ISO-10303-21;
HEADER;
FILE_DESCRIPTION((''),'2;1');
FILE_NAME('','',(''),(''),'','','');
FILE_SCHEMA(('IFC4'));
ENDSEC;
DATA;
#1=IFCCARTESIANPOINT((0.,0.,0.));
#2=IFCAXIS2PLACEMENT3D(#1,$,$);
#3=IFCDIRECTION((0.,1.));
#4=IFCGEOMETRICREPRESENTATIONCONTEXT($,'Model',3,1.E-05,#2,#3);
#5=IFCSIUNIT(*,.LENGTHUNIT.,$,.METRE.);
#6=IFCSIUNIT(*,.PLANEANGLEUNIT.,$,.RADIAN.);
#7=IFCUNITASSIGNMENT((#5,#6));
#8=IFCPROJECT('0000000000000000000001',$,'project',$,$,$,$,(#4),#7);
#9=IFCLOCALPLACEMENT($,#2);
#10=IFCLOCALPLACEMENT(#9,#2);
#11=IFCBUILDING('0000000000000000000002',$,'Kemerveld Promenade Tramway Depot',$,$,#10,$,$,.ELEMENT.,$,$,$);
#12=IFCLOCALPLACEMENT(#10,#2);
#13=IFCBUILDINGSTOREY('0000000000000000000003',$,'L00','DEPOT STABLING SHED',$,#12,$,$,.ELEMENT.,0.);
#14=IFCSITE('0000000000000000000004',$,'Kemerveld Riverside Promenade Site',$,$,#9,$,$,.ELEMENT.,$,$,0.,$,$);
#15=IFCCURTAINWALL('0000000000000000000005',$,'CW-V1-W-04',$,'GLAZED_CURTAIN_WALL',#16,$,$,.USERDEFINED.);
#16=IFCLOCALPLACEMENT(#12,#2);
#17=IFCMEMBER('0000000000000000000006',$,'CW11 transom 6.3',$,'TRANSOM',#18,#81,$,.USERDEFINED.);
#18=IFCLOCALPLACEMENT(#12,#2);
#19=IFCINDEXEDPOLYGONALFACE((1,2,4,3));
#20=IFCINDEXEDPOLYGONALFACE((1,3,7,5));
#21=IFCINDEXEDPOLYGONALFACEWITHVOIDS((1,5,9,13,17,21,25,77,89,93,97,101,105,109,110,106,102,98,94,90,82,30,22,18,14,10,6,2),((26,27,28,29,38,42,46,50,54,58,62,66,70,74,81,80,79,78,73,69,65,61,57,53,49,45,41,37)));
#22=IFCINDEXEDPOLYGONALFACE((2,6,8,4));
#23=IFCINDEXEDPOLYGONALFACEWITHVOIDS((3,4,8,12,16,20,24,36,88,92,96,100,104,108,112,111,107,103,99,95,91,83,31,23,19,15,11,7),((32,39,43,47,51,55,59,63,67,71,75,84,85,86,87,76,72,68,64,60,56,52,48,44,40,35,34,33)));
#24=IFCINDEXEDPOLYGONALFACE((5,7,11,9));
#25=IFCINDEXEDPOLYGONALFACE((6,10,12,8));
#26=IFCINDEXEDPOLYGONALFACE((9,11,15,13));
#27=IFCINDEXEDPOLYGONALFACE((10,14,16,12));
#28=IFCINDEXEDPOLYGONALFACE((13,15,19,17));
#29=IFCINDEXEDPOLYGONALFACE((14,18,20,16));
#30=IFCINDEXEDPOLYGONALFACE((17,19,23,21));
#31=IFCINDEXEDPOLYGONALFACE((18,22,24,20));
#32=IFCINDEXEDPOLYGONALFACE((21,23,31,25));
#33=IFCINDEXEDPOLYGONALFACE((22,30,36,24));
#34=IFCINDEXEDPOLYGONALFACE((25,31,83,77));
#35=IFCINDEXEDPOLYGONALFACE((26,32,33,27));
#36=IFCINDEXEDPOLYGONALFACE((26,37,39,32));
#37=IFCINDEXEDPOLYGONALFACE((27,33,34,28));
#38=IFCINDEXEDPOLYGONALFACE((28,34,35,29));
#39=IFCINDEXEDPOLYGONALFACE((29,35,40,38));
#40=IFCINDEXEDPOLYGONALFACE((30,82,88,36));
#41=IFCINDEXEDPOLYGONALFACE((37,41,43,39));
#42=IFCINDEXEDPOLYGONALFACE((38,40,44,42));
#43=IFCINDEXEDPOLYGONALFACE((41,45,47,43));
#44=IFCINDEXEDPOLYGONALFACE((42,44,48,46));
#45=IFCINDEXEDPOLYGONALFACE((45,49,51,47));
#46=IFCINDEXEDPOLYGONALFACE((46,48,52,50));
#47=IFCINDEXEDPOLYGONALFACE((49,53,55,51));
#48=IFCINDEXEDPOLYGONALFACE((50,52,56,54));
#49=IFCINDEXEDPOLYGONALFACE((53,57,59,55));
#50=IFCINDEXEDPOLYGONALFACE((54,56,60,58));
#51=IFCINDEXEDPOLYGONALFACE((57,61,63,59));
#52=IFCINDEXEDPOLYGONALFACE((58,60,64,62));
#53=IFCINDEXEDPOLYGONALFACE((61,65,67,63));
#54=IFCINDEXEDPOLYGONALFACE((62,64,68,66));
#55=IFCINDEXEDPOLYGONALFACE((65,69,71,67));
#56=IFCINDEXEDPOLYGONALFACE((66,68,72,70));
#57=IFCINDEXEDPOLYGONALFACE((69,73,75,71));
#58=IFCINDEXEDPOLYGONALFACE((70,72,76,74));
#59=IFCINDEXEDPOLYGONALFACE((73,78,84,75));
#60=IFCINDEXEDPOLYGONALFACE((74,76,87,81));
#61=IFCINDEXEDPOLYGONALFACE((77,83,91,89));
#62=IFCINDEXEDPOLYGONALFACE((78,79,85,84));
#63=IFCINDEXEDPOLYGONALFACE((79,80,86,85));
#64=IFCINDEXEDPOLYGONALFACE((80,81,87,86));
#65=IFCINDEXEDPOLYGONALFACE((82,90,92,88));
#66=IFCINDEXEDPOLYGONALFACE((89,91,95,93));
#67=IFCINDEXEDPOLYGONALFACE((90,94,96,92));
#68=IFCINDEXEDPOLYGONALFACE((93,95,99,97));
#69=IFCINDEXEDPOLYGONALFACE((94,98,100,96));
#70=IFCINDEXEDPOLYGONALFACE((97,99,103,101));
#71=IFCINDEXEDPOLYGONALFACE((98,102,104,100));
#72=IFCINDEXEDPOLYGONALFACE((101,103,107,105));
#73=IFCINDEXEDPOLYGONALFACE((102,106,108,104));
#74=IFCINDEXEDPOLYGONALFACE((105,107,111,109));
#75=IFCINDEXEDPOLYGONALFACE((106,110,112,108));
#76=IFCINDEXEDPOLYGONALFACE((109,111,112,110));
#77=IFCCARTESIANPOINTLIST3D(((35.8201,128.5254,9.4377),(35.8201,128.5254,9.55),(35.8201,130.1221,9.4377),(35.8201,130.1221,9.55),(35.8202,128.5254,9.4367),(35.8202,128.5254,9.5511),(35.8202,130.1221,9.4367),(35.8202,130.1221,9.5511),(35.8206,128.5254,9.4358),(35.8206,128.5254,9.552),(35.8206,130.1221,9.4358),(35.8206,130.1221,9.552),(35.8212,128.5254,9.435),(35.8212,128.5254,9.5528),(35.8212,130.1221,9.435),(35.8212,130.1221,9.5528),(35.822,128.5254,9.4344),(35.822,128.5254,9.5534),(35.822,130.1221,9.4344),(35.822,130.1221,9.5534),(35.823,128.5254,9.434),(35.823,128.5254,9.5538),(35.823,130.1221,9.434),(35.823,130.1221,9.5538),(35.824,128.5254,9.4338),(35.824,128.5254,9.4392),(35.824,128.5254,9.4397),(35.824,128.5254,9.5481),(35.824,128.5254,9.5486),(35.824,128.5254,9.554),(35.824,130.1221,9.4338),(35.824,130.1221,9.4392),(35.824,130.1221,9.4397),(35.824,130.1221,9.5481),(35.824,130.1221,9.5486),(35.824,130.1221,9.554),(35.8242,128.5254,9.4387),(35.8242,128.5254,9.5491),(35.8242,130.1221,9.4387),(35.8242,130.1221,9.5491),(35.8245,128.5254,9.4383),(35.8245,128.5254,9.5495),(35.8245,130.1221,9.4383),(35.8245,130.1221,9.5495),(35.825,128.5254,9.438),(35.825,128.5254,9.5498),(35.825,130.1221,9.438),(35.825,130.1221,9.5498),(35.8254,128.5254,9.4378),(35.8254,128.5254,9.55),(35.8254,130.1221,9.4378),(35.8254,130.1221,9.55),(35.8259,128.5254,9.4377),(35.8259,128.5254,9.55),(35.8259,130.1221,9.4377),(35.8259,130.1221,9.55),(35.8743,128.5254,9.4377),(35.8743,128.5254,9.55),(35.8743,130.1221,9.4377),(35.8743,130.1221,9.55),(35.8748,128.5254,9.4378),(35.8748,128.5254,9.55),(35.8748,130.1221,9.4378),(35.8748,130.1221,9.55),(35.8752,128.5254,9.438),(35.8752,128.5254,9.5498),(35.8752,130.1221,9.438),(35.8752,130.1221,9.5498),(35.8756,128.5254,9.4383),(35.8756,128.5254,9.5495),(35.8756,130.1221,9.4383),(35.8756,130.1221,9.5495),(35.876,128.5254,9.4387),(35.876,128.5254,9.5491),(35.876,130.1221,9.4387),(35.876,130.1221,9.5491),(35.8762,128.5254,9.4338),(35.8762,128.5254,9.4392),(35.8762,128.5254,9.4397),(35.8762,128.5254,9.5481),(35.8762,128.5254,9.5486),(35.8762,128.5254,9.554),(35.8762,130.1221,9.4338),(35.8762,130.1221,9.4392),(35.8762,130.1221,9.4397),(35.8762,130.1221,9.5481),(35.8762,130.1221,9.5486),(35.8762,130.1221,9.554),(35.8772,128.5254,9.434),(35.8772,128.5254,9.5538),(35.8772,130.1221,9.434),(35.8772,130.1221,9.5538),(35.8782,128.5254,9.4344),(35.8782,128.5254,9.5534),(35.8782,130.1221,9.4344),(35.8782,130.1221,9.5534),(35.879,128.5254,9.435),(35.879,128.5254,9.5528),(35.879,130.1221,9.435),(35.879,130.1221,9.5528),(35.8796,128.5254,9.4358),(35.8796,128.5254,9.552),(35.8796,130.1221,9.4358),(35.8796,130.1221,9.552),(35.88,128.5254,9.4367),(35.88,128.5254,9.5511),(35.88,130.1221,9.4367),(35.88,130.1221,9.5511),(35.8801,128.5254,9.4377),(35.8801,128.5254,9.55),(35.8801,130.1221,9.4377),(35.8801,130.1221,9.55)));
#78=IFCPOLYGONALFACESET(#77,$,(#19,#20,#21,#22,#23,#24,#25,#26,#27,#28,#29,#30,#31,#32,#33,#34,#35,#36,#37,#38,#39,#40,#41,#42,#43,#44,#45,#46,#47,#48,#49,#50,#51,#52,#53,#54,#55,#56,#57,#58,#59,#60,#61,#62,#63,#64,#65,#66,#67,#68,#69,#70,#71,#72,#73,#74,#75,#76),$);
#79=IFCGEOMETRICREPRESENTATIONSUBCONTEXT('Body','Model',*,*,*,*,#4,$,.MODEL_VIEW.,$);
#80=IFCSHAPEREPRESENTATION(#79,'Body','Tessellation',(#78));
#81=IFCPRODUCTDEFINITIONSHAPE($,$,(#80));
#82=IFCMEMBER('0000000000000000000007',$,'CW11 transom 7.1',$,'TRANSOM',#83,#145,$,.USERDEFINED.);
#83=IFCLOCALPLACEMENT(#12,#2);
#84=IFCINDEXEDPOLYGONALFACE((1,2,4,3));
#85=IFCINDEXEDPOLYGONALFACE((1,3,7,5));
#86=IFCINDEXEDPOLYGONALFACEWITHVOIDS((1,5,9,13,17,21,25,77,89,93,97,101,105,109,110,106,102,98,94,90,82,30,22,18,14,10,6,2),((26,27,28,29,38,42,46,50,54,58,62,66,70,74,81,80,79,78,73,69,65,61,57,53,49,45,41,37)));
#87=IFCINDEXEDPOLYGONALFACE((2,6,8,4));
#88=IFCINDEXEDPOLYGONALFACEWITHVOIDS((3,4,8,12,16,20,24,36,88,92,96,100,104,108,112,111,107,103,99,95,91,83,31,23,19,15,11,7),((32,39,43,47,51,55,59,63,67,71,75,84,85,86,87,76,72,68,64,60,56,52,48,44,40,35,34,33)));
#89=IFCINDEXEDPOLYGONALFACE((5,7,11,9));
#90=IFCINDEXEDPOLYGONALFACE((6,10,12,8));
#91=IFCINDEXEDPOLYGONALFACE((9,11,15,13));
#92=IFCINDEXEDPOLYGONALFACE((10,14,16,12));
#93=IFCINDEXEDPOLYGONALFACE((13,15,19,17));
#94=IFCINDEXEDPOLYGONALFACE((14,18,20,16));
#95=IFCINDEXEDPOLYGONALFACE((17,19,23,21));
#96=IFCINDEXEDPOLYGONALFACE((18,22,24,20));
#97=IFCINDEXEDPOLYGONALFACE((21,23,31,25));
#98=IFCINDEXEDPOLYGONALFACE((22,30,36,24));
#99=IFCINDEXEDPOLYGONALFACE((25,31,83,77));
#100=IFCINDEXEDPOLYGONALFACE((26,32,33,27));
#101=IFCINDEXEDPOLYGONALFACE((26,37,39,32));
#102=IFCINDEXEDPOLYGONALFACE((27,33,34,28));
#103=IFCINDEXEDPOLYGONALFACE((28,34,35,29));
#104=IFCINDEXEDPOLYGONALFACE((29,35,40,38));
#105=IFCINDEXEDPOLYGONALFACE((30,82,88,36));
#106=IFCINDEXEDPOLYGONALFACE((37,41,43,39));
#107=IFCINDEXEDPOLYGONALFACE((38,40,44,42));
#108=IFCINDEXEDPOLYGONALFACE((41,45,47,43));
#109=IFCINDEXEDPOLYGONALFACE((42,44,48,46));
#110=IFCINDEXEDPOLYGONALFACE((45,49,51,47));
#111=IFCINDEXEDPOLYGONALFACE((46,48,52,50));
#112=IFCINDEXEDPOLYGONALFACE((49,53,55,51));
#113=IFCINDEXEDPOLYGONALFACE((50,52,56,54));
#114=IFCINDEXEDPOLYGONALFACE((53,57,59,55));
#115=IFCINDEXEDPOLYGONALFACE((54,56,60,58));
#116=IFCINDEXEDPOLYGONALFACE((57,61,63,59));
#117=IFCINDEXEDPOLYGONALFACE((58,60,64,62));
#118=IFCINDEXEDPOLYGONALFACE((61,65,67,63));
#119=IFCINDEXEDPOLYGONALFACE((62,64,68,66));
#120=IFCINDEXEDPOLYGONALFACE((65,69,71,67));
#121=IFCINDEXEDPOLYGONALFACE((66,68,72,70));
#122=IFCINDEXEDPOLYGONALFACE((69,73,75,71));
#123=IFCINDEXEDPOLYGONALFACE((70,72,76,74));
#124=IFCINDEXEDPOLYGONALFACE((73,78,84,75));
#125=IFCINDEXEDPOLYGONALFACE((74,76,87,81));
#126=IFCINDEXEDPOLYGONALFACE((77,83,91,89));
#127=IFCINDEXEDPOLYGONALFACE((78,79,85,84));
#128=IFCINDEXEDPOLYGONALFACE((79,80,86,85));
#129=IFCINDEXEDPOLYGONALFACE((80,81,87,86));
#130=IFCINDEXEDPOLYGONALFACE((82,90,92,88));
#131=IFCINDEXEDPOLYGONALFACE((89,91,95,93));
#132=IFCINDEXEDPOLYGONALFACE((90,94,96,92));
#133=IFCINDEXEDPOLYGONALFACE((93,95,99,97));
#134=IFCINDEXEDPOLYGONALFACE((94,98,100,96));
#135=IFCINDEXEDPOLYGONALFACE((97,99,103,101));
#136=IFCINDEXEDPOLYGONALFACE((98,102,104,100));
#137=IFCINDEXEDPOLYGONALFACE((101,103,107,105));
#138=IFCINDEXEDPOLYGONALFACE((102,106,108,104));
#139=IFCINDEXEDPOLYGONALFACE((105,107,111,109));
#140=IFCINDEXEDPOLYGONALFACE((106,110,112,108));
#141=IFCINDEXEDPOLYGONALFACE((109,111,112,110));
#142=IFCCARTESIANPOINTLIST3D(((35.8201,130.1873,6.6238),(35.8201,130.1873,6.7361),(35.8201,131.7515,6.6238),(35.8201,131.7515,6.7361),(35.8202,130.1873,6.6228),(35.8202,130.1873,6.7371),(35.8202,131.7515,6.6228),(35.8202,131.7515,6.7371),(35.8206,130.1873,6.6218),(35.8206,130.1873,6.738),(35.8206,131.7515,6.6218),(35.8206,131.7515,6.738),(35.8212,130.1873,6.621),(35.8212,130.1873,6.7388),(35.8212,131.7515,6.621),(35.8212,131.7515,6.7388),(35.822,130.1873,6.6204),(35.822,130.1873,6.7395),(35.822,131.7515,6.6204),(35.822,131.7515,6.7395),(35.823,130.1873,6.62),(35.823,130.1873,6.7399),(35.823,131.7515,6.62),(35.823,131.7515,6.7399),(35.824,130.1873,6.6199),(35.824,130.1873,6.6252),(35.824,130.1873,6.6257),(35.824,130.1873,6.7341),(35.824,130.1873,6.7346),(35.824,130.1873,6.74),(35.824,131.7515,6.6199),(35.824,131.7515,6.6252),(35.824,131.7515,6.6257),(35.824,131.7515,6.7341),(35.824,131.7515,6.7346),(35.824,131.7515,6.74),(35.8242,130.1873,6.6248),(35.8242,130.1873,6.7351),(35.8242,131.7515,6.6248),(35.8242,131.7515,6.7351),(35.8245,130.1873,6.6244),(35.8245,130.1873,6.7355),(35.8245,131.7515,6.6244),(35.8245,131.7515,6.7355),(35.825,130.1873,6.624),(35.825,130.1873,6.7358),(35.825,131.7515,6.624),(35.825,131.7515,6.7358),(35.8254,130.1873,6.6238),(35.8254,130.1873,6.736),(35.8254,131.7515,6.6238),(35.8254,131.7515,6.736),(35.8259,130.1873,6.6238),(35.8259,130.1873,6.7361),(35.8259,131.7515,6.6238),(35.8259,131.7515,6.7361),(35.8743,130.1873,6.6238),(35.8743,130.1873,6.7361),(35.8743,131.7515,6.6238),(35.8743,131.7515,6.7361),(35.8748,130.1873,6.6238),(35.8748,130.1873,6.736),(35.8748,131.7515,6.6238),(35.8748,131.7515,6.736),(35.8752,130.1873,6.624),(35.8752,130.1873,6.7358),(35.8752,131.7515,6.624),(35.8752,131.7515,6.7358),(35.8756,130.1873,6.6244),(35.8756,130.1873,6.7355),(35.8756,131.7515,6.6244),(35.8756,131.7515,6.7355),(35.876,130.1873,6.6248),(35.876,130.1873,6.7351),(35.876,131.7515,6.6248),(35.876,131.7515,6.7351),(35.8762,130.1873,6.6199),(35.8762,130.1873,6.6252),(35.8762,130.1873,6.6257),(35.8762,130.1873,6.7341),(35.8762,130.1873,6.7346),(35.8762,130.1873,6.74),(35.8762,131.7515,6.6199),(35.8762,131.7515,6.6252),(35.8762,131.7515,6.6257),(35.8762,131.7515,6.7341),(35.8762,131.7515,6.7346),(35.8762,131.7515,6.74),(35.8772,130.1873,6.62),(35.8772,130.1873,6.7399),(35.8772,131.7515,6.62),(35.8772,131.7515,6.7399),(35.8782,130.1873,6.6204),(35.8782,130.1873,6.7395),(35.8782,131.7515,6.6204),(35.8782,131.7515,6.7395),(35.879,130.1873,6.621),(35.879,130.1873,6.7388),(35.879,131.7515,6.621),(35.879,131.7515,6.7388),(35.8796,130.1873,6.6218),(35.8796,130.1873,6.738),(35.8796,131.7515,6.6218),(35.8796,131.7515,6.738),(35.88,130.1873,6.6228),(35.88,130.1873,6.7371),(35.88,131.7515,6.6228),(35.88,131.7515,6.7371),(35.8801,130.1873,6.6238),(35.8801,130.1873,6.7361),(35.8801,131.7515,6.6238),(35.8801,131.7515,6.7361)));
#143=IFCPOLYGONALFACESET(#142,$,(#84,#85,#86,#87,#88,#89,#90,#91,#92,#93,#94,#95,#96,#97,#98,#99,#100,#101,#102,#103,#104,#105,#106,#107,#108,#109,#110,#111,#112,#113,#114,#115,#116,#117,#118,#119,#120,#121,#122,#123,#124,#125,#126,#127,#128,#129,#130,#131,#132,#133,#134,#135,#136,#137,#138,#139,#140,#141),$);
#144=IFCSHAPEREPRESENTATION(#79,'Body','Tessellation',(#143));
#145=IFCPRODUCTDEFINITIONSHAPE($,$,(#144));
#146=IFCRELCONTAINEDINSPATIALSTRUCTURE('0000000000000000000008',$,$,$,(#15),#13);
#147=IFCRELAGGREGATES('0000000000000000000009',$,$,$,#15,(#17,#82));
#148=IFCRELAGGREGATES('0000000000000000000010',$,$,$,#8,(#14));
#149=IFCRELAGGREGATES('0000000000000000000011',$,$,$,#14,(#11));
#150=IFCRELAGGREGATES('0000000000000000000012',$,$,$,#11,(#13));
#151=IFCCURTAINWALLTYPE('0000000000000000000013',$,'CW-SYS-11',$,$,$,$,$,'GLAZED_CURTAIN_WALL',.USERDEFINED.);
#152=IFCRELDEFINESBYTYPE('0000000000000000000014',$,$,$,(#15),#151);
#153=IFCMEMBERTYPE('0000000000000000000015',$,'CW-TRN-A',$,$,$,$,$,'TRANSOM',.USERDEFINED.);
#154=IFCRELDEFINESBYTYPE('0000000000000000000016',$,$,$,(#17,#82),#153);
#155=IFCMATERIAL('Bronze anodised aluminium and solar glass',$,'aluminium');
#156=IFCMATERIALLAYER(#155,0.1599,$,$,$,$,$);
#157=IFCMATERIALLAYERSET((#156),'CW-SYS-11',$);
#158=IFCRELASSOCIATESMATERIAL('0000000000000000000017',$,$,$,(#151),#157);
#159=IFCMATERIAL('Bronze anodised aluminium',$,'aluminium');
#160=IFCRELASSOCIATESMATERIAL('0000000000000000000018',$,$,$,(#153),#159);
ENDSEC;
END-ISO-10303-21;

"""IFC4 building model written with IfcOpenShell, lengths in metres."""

from ifc_helpers import new_model, si_unit, direction, frame, origin, origin_2d, place, context, subcontext, project, spatial, hollow_rectangle, extrude, material, layer, layer_set, material_profile, profile_set, type_object, element, aggregate, save


model = new_model("IFC4")

# Units and contexts
model_context = context("Model", 3, precision=1e-05, world=origin(), true_north=direction((0.0, 1.0)))
body_context = subcontext(model_context, "Body", "Model", "MODEL_VIEW")
ifc_project = project(units=[si_unit("LENGTHUNIT", "METRE"), si_unit("PLANEANGLEUNIT", "RADIAN")], contexts=[model_context])

# Site, building, storey
site_placement = place(None, origin())
site = spatial("IfcSite", under=ifc_project, at=site_placement, Name="Kemerveld Riverside Promenade Site", CompositionType="ELEMENT", RefElevation=0.0)
building_placement = place(site_placement, origin())
building = spatial("IfcBuilding", under=site, at=building_placement, Name="Kemerveld Promenade Tramway Depot", CompositionType="ELEMENT")
storey_placement = place(building_placement, origin())
storey = spatial("IfcBuildingStorey", under=building, at=storey_placement, Name="L00", Description="DEPOT STABLING SHED", CompositionType="ELEMENT", Elevation=0.0)

# Curtain wall
ifc_material_1 = material(Name="Bronze anodised aluminium and solar glass", Category="aluminium")
ifc_layer_1 = layer(ifc_material_1, 0.1599)
ifc_layer_set_1 = layer_set([ifc_layer_1], Name="CW-SYS-11")
curtain_wall_type_1 = type_object("IfcCurtainWallType", Name="CW-SYS-11", ElementType="GLAZED_CURTAIN_WALL", PredefinedType="USERDEFINED", material=ifc_layer_set_1)
curtain_wall_1_placement = place(storey_placement, origin())
curtain_wall_1 = element("IfcCurtainWall", 1, at=curtain_wall_1_placement, inside=storey, type_object=curtain_wall_type_1, Name="CW-V1-W-04", ObjectType="GLAZED_CURTAIN_WALL", PredefinedType="USERDEFINED")
ifc_material_2 = material(Name="Bronze anodised aluminium", Category="aluminium")

# Members
ifc_material_profile_1 = material_profile(ifc_material_2, hollow_rectangle(XDim=0.0601, YDim=0.1201, WallThickness=0.0039, InnerFilletRadius=0.002, OuterFilletRadius=0.0039, at=origin_2d()), Name="CW-TRN-120x60")
ifc_profile_set_1 = profile_set([ifc_material_profile_1], Name="Bronze anodised aluminium")
member_type_1 = type_object("IfcMemberType", Name="CW-TRN-A", ElementType="TRANSOM", PredefinedType="USERDEFINED", material=ifc_profile_set_1)
member_1_placement = place(storey_placement, frame((35.8501, 128.5254, 9.4939), z_axis=(0.0, 1.0, 0.0), x_axis=(-1.0, 0.0, 0.0)))
member_1 = element("IfcMember", 2, at=member_1_placement, type_object=member_type_1, Name="CW11 transom 6.3", ObjectType="TRANSOM", PredefinedType="USERDEFINED", context=body_context, shape_type="SweptSolid", body=[
    extrude(hollow_rectangle(XDim=0.0601, YDim=0.1201, WallThickness=0.0039, InnerFilletRadius=0.002, OuterFilletRadius=0.0039, at=origin_2d()), origin(), (0.0, 0.0, 1.0), 1.5967),
])
member_2_placement = place(storey_placement, frame((35.8501, 130.1873, 6.6799), z_axis=(0.0, 1.0, 0.0), x_axis=(-1.0, 0.0, 0.0)))
member_2 = element("IfcMember", 3, at=member_2_placement, type_object=member_type_1, Name="CW11 transom 7.1", ObjectType="TRANSOM", PredefinedType="USERDEFINED", context=body_context, shape_type="SweptSolid", body=[
    extrude(hollow_rectangle(XDim=0.0601, YDim=0.1201, WallThickness=0.0039, InnerFilletRadius=0.002, OuterFilletRadius=0.0039, at=origin_2d()), origin(), (0.0, 0.0, 1.0), 1.5642),
])

aggregate(curtain_wall_1, [member_1, member_2])

save(model, "model.ifc")
